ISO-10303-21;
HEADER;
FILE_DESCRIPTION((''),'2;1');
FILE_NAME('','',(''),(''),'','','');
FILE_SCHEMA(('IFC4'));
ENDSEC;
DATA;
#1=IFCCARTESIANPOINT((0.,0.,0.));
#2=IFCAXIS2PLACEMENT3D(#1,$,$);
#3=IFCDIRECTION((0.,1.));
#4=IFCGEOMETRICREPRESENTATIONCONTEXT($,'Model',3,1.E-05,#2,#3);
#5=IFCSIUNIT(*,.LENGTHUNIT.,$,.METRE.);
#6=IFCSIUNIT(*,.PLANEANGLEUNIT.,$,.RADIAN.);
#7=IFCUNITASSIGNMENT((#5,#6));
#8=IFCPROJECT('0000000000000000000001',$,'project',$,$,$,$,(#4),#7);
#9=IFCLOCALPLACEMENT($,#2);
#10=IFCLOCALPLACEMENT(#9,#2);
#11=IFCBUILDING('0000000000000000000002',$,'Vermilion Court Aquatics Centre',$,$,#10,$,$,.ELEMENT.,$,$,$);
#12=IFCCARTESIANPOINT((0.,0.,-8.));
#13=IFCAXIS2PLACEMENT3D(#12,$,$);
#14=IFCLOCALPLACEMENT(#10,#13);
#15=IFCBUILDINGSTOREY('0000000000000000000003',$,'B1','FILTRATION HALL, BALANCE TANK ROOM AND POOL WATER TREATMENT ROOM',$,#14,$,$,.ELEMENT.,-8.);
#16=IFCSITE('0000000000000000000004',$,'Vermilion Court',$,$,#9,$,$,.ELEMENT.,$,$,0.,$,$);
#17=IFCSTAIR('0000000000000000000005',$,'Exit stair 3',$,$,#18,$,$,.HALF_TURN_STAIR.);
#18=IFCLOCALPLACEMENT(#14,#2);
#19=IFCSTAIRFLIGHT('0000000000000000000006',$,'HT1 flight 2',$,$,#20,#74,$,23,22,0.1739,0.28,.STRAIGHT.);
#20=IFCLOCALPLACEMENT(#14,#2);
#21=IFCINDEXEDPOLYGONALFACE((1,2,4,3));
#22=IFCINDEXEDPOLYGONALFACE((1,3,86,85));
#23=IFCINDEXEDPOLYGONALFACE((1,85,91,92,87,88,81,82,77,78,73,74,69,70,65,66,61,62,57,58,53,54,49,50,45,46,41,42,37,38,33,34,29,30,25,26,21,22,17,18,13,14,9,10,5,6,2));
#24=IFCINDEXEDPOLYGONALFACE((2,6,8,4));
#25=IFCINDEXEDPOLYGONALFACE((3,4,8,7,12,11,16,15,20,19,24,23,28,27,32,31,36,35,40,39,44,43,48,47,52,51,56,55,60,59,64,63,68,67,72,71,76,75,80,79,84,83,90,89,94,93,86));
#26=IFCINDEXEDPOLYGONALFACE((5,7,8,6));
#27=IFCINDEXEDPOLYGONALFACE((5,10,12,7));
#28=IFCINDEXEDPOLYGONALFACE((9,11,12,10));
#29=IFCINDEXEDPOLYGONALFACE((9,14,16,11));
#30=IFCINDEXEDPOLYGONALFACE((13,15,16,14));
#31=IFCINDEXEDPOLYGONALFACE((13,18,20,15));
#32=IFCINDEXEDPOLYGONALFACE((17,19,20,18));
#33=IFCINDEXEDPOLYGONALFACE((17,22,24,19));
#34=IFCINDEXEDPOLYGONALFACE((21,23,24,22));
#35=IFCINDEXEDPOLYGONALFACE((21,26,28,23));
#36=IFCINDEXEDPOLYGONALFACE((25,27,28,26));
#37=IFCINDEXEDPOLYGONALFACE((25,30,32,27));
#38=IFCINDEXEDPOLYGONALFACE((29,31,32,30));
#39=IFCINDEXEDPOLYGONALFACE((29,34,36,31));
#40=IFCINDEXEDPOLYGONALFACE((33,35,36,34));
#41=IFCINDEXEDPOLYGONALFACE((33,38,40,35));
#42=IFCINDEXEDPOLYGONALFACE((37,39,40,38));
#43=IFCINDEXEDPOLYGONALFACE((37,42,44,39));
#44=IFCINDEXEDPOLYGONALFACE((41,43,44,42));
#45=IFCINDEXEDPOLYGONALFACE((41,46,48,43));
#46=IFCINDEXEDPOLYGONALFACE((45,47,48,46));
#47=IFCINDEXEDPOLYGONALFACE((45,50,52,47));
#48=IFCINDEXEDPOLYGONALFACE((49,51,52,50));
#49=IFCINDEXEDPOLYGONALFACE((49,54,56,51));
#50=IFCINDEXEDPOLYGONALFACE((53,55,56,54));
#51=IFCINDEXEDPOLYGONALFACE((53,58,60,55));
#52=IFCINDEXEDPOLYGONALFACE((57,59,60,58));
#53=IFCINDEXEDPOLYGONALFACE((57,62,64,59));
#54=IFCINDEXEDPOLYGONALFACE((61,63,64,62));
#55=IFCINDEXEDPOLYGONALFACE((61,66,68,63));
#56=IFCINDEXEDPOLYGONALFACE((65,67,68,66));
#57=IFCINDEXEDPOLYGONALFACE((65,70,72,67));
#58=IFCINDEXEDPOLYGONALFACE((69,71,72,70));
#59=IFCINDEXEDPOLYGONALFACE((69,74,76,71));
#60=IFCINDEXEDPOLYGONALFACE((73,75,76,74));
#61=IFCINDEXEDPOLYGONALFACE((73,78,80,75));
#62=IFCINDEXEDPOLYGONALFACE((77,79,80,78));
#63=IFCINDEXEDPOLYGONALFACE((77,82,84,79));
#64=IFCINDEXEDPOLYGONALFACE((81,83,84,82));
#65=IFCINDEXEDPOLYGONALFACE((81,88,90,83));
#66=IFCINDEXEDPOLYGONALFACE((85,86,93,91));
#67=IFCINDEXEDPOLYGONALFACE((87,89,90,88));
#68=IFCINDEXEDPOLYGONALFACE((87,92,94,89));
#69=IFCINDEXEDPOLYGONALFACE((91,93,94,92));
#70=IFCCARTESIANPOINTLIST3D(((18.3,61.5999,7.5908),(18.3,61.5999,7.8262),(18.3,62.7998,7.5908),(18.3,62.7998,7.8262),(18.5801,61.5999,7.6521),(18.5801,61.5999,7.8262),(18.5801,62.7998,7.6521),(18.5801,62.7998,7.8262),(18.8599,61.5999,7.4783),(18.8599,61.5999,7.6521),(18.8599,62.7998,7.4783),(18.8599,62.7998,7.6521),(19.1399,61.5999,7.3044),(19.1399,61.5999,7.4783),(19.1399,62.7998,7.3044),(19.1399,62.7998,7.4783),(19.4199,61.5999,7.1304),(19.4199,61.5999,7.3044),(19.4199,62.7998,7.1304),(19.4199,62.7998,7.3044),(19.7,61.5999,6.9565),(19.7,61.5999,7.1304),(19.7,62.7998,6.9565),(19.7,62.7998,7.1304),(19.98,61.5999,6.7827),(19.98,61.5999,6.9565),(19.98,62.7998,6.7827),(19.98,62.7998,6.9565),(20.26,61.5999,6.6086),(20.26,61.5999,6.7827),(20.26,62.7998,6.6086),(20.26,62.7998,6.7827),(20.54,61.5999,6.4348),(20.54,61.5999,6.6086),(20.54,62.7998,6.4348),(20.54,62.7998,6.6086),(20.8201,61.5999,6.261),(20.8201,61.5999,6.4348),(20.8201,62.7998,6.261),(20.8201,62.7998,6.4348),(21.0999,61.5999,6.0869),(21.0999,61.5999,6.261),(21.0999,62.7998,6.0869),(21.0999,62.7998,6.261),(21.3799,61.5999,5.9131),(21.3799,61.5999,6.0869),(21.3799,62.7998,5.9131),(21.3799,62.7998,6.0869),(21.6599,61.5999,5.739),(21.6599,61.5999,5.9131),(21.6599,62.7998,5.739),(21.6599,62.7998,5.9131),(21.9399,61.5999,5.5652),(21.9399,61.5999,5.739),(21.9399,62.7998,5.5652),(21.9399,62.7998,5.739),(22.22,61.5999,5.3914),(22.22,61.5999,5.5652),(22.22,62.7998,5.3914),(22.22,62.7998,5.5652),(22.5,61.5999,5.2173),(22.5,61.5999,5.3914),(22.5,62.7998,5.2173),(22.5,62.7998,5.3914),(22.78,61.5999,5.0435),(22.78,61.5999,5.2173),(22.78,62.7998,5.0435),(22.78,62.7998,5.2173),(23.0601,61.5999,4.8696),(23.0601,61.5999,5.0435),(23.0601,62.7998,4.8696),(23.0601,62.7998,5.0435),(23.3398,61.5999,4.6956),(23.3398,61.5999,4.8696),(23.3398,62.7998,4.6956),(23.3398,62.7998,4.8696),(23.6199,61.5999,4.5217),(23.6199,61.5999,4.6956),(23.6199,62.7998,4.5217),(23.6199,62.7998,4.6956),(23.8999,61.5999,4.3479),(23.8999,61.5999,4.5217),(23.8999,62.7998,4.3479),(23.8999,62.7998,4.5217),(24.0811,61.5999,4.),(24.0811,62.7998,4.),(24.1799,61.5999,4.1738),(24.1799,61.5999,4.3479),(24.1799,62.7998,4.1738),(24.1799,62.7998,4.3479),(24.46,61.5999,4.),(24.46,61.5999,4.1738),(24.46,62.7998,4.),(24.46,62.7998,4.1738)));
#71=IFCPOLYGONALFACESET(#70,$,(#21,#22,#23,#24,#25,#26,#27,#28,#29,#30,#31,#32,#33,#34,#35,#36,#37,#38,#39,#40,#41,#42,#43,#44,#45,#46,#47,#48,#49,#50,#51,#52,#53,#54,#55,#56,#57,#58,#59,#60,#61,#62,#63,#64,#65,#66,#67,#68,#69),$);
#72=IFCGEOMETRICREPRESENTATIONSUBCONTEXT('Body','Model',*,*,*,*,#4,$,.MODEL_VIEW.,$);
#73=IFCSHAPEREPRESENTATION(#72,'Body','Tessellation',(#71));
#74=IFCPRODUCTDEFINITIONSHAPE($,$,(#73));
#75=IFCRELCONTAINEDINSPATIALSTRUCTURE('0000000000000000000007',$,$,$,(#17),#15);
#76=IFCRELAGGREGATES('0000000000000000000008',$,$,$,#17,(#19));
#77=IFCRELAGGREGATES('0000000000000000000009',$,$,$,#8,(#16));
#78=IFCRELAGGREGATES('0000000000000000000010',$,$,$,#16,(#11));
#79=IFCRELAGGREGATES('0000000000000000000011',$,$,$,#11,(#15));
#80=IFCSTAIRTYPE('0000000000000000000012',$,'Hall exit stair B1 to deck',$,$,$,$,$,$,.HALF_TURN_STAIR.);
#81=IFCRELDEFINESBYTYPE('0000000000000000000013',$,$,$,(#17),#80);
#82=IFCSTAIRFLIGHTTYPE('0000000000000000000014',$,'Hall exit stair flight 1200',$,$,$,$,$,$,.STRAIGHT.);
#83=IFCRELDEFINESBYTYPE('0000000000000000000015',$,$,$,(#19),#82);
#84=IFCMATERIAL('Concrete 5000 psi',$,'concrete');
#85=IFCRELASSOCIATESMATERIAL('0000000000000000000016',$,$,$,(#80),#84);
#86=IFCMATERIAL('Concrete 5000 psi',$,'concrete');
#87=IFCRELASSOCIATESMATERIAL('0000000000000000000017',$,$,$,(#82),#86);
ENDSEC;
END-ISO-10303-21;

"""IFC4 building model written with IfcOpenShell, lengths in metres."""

from ifc_helpers import new_model, si_unit, direction, frame, origin, place, context, subcontext, project, spatial, polyline, outline, extrude, material, type_object, element, aggregate, save


model = new_model("IFC4")

# Units and contexts
model_context = context("Model", 3, precision=1e-05, world=origin(), true_north=direction((0.0, 1.0)))
body_context = subcontext(model_context, "Body", "Model", "MODEL_VIEW")
ifc_project = project(units=[si_unit("LENGTHUNIT", "METRE"), si_unit("PLANEANGLEUNIT", "RADIAN")], contexts=[model_context])

# Site, building, storey
site_placement = place(None, origin())
site = spatial("IfcSite", under=ifc_project, at=site_placement, Name="Vermilion Court", CompositionType="ELEMENT", RefElevation=0.0)
building_placement = place(site_placement, origin())
building = spatial("IfcBuilding", under=site, at=building_placement, Name="Vermilion Court Aquatics Centre", CompositionType="ELEMENT")
storey_placement = place(building_placement, frame((0.0, 0.0, -8.0)))
storey = spatial("IfcBuildingStorey", under=building, at=storey_placement, Name="B1", Description="FILTRATION HALL, BALANCE TANK ROOM AND POOL WATER TREATMENT ROOM", CompositionType="ELEMENT", Elevation=-8.0)

# Stair, stair flight
ifc_material_1 = material(Name="Concrete 5000 psi", Category="concrete")
stair_type = type_object("IfcStairType", Name="Hall exit stair B1 to deck", PredefinedType="HALF_TURN_STAIR", material=ifc_material_1)
stair_placement = place(storey_placement, origin())
stair = element("IfcStair", 1, at=stair_placement, inside=storey, type_object=stair_type, Name="Exit stair 3", PredefinedType="HALF_TURN_STAIR")
ifc_material_2 = material(Name="Concrete 5000 psi", Category="concrete")
stair_flight_type = type_object("IfcStairFlightType", Name="Hall exit stair flight 1200", PredefinedType="STRAIGHT", material=ifc_material_2)
stair_flight_1_placement = place(storey_placement, frame((24.46, 62.2, 4.0), z_axis=(0.0, 0.0, 1.0), x_axis=(-1.0, 0.0, 0.0)))
stair_flight_1 = element("IfcStairFlight", 2, at=stair_flight_1_placement, type_object=stair_flight_type, Name="HT1 flight 2", NumberOfRisers=23, NumberOfTreads=22, PredefinedType="STRAIGHT", RiserHeight=0.1739, TreadLength=0.28, context=body_context, shape_type="SweptSolid", body=[
    extrude(outline(polyline([(0.0, 0.0), (0.0, 0.1738), (0.28, 0.1738), (0.28, 0.3479), (0.5601, 0.3479), (0.5601, 0.5217), (0.8401, 0.5217), (0.8401, 0.6956), (1.1201, 0.6956), (1.1201, 0.8696), (1.3999, 0.8696), (1.3999, 1.0435), (1.6799, 1.0435), (1.6799, 1.2173), (1.96, 1.2173), (1.96, 1.3914), (2.24, 1.3914), (2.24, 1.5652), (2.52, 1.5652), (2.52, 1.739), (2.8, 1.739), (2.8, 1.9131), (3.0801, 1.9131), (3.0801, 2.0869), (3.3601, 2.0869), (3.3601, 2.261), (3.6399, 2.261), (3.6399, 2.4348), (3.9199, 2.4348), (3.9199, 2.6086), (4.2, 2.6086), (4.2, 2.7827), (4.48, 2.7827), (4.48, 2.9565), (4.76, 2.9565), (4.76, 3.1304), (5.04, 3.1304), (5.04, 3.3044), (5.3201, 3.3044), (5.3201, 3.4783), (5.6001, 3.4783), (5.6001, 3.6521), (5.8799, 3.6521), (5.8799, 3.8262), (6.1599, 3.8262), (6.1599, 4.0), (6.1599, 3.5908), (0.3789, 0.0), (0.0, 0.0)])), frame((0.0, 0.6001, 0.0), z_axis=(0.0, -1.0, 0.0), x_axis=(1.0, 0.0, 0.0)), (0.0, 0.0, 1.0), 1.2),
])
aggregate(stair, [stair_flight_1])

save(model, "model.ifc")
